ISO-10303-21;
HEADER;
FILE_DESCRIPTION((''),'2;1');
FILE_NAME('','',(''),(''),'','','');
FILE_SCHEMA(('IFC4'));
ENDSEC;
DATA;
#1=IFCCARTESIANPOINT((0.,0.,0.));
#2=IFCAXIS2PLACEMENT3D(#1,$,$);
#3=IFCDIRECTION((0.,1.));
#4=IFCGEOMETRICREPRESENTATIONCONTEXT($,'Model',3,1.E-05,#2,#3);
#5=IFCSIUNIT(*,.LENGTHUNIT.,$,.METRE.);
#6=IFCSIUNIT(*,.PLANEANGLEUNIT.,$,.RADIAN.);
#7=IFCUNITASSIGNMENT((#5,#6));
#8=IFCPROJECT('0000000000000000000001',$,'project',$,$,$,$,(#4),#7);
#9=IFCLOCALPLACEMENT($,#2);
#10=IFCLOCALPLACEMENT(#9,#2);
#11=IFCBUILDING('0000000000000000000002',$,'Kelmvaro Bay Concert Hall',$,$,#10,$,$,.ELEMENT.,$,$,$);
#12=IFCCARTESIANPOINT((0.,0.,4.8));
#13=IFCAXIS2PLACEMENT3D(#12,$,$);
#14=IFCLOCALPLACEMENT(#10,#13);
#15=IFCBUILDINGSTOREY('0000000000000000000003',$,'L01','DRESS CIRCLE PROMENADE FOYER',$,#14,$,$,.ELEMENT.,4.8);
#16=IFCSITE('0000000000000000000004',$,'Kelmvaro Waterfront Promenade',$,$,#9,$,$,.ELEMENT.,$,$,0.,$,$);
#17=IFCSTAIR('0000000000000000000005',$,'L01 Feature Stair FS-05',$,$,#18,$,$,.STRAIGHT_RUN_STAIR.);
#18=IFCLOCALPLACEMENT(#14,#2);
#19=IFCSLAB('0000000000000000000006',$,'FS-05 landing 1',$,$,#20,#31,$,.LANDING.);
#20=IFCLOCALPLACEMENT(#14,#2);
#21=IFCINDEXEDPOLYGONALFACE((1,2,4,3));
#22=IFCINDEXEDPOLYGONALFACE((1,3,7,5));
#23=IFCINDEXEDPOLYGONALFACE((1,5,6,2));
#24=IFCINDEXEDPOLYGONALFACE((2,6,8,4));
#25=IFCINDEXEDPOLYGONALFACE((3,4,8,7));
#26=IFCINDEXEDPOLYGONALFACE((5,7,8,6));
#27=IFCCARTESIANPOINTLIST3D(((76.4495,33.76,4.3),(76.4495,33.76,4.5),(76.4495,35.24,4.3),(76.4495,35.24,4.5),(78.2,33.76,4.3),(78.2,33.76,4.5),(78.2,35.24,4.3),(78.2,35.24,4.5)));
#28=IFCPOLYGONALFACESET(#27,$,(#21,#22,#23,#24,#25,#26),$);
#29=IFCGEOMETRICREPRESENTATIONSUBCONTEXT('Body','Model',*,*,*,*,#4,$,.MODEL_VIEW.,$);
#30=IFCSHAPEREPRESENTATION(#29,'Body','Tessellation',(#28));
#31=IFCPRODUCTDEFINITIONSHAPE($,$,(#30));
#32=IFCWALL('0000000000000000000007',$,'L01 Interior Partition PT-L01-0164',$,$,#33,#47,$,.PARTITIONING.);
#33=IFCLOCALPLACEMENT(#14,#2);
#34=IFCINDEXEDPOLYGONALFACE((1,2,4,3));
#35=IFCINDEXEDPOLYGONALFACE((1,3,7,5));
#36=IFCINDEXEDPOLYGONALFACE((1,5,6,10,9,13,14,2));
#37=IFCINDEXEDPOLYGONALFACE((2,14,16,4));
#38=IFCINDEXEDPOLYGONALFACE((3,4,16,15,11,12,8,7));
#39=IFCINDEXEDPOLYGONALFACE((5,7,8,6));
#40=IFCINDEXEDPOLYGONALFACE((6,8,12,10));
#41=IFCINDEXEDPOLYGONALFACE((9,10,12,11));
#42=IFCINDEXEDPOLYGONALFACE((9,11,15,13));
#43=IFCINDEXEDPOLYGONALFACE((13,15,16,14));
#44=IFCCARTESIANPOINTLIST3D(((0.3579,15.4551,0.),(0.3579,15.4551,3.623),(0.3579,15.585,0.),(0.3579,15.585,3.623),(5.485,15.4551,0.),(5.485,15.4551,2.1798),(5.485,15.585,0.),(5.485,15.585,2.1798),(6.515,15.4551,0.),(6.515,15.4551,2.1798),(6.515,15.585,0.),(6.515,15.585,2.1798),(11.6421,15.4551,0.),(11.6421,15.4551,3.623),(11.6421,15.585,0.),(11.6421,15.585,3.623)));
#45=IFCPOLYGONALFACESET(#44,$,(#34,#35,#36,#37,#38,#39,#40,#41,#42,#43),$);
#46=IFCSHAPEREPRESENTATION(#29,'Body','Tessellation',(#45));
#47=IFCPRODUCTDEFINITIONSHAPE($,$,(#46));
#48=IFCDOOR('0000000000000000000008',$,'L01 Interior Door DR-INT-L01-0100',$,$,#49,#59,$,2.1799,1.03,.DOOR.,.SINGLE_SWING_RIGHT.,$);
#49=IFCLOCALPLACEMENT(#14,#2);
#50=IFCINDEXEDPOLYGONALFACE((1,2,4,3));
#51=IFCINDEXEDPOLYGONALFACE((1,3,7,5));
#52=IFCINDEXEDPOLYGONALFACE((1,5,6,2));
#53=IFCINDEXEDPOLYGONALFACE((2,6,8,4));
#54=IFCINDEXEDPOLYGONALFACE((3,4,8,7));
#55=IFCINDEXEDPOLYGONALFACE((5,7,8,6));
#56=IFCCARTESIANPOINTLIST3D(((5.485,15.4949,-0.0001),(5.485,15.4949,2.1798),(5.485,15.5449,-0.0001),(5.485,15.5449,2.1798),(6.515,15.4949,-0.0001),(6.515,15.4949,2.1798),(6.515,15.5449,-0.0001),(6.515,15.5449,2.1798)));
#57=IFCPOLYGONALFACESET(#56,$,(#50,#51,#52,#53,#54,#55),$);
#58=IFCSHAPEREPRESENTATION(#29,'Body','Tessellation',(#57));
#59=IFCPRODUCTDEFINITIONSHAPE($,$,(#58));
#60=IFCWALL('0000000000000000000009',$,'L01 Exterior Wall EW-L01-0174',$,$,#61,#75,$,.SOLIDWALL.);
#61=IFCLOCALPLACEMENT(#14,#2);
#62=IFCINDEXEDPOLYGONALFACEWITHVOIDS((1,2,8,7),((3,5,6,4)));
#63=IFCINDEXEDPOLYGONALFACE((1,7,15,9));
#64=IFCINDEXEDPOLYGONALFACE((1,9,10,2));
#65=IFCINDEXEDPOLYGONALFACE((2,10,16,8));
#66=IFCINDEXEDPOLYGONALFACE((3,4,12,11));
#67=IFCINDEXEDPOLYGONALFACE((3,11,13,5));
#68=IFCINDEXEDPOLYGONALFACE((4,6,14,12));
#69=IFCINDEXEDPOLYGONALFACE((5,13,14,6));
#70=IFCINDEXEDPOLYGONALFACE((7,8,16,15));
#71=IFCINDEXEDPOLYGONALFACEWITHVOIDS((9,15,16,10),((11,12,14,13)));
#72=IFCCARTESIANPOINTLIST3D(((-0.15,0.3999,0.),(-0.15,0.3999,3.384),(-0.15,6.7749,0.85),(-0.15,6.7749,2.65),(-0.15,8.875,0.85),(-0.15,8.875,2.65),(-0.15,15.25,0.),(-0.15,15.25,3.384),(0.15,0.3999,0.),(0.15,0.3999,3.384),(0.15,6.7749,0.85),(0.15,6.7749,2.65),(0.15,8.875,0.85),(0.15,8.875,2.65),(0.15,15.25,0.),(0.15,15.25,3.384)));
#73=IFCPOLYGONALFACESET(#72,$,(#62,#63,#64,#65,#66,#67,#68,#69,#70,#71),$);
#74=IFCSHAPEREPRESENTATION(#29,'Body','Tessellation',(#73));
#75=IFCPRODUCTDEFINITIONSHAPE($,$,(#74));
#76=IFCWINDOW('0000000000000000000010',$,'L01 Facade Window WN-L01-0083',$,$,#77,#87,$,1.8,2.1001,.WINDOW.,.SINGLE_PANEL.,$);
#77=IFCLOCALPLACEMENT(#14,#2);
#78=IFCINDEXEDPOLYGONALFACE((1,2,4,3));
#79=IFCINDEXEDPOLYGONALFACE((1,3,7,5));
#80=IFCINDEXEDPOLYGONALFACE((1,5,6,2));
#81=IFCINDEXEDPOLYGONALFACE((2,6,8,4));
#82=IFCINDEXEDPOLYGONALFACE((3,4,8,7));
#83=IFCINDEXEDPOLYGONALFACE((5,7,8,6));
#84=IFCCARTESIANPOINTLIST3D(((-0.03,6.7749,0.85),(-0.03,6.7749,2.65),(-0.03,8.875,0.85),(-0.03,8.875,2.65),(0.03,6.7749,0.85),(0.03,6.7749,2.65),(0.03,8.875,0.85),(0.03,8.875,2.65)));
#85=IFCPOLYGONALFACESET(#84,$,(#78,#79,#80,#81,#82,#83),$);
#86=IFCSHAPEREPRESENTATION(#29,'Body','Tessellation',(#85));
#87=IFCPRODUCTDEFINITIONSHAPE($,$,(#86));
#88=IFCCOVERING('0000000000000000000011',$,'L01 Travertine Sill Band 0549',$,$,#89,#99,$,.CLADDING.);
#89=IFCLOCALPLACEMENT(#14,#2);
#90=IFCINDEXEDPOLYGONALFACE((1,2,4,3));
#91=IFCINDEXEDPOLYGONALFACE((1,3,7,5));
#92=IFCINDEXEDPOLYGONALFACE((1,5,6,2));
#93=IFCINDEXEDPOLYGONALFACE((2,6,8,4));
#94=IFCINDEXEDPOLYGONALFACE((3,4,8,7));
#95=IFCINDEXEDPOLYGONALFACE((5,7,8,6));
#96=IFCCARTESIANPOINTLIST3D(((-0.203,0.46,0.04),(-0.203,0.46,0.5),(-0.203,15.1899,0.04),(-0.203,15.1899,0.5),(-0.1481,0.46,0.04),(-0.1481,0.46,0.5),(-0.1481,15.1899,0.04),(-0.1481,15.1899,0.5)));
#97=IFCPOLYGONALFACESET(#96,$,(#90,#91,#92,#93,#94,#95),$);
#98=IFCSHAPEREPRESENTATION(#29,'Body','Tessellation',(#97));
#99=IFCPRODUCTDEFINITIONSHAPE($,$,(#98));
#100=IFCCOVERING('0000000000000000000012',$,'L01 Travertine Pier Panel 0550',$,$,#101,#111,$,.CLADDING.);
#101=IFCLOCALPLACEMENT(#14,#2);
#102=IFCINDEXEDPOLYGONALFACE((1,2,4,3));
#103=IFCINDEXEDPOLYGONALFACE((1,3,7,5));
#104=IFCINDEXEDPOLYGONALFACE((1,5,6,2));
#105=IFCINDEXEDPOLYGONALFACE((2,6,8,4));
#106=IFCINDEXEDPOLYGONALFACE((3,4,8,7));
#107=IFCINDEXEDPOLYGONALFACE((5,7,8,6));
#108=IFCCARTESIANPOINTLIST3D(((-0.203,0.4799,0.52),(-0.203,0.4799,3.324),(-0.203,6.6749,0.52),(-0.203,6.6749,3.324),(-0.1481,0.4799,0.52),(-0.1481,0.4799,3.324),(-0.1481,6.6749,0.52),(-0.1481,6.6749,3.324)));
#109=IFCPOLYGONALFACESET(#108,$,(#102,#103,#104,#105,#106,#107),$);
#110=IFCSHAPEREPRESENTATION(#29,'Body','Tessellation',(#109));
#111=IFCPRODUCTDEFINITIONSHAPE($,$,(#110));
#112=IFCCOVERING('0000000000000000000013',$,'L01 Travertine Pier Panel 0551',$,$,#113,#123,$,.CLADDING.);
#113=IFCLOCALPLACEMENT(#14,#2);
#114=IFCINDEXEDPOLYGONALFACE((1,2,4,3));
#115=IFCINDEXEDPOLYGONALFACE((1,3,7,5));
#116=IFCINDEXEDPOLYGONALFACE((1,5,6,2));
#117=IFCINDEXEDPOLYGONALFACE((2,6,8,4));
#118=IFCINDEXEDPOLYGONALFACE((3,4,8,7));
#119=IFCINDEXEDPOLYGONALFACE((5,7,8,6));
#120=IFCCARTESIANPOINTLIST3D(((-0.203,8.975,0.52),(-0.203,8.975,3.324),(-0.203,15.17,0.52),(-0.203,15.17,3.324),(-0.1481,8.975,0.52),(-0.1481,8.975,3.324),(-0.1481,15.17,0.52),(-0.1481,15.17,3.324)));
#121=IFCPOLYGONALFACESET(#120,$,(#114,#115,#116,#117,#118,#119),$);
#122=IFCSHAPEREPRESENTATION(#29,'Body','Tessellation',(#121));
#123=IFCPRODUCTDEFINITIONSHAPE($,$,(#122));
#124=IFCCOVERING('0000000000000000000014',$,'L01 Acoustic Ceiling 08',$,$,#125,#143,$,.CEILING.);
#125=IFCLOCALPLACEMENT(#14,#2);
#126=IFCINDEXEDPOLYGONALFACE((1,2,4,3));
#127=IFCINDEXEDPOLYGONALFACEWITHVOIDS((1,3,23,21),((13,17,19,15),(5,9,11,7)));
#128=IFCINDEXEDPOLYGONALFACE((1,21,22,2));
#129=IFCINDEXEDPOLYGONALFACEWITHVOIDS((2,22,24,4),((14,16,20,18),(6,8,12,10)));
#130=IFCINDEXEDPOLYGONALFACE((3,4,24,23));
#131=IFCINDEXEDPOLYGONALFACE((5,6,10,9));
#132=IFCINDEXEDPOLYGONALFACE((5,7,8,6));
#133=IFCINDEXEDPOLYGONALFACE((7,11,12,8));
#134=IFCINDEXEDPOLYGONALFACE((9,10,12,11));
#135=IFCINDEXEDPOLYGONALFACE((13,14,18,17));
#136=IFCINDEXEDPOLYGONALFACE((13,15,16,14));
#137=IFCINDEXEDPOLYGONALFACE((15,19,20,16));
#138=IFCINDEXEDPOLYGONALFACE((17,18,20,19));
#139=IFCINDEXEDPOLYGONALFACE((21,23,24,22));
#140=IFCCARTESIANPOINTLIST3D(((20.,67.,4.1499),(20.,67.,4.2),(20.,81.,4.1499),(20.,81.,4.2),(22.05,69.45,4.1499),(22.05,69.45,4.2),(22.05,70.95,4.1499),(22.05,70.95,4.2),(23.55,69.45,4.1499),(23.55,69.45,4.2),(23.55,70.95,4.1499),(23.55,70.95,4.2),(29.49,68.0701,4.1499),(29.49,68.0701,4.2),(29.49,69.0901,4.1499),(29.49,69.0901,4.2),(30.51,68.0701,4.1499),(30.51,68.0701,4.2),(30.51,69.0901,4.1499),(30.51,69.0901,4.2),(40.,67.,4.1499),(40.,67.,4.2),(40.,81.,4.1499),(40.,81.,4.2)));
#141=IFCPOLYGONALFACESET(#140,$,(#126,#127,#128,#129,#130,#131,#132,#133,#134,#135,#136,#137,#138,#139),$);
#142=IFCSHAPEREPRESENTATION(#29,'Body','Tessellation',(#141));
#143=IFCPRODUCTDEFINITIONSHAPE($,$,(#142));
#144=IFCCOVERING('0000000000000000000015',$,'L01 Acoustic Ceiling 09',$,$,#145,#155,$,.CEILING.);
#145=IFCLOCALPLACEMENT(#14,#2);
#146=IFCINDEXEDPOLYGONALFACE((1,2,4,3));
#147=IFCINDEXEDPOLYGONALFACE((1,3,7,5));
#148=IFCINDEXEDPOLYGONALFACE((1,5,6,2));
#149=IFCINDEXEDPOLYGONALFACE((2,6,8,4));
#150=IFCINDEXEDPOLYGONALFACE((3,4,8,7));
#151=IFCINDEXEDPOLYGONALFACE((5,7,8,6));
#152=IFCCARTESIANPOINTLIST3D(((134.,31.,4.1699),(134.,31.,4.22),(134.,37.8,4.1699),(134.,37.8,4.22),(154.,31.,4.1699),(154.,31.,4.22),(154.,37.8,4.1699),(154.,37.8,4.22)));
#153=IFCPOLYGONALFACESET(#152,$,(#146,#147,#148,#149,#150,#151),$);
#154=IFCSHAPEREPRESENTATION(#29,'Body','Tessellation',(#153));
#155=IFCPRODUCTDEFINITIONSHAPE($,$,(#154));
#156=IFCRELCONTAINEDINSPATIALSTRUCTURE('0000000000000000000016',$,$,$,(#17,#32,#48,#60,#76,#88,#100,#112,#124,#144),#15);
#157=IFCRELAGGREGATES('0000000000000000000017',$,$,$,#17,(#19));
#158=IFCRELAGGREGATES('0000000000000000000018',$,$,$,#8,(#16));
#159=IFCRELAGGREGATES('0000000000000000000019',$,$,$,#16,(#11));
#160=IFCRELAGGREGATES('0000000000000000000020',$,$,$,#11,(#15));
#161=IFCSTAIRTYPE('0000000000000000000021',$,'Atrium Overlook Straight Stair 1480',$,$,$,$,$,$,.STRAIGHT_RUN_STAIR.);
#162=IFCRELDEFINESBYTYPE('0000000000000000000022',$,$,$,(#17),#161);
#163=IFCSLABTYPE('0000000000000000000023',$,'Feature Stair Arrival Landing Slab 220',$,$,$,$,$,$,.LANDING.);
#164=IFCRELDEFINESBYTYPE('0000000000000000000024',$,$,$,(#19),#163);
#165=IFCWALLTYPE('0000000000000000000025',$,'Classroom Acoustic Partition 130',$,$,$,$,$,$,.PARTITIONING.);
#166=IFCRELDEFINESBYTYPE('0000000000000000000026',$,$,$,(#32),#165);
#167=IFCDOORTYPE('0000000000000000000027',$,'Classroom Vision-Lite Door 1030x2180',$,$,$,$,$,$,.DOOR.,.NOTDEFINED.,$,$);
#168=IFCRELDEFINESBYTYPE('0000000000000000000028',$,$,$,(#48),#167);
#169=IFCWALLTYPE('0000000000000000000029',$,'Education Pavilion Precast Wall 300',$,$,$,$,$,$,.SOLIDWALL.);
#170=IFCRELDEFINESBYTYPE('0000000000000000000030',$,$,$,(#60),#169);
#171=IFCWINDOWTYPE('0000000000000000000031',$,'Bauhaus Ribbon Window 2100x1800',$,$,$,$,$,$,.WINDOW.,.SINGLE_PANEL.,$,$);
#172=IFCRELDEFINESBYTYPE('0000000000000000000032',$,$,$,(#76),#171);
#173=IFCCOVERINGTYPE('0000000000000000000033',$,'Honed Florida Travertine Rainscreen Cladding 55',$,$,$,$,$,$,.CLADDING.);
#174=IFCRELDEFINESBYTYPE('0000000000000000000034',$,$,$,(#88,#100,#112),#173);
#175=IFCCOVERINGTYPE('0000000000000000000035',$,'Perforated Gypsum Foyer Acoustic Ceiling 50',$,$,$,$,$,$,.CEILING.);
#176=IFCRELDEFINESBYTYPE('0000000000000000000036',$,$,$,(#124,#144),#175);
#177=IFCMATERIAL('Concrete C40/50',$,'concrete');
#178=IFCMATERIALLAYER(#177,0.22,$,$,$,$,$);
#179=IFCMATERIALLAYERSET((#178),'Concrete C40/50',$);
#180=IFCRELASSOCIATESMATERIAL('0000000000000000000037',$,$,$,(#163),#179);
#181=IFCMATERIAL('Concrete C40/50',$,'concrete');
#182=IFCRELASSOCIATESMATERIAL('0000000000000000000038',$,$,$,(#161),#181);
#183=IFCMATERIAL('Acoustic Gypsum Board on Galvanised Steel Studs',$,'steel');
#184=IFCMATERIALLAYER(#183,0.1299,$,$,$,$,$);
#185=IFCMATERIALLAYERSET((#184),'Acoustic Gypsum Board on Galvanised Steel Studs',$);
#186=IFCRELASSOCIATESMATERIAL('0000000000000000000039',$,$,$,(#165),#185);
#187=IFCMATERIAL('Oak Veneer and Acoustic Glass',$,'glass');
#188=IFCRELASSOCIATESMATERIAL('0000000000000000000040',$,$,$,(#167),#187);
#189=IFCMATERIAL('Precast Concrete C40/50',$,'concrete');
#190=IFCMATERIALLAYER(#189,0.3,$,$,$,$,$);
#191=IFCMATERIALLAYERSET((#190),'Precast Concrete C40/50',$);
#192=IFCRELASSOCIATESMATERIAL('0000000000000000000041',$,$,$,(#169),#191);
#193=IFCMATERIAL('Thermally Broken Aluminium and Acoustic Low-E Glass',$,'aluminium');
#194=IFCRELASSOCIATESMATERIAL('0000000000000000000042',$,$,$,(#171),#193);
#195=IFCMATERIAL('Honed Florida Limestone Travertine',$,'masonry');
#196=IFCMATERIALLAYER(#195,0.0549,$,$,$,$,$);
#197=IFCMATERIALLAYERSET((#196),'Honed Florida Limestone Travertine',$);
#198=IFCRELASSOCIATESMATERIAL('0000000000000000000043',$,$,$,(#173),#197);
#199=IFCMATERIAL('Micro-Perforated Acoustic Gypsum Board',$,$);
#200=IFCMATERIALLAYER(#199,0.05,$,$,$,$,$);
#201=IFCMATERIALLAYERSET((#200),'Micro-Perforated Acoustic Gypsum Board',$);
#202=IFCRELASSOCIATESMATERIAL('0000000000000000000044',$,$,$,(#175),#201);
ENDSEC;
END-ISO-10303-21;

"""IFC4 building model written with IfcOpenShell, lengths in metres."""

from ifc_helpers import new_model, si_unit, direction, frame, frame_2d, origin, origin_2d, place, context, subcontext, project, spatial, polyline, rectangle, outline, extrude, material, layer, layer_set, type_object, element, fill, aggregate, save


model = new_model("IFC4")

# Units and contexts
model_context = context("Model", 3, precision=1e-05, world=origin(), true_north=direction((0.0, 1.0)))
body_context = subcontext(model_context, "Body", "Model", "MODEL_VIEW")
ifc_project = project(units=[si_unit("LENGTHUNIT", "METRE"), si_unit("PLANEANGLEUNIT", "RADIAN")], contexts=[model_context])

# Site, building, storey
site_placement = place(None, origin())
site = spatial("IfcSite", under=ifc_project, at=site_placement, Name="Kelmvaro Waterfront Promenade", CompositionType="ELEMENT", RefElevation=0.0)
building_placement = place(site_placement, origin())
building = spatial("IfcBuilding", under=site, at=building_placement, Name="Kelmvaro Bay Concert Hall", CompositionType="ELEMENT")
storey_placement = place(building_placement, frame((0.0, 0.0, 4.8)))
storey = spatial("IfcBuildingStorey", under=building, at=storey_placement, Name="L01", Description="DRESS CIRCLE PROMENADE FOYER", CompositionType="ELEMENT", Elevation=4.8)

# Stair, slab
ifc_material_1 = material(Name="Concrete C40/50", Category="concrete")
ifc_layer_1 = layer(ifc_material_1, 0.22)
ifc_layer_set_1 = layer_set([ifc_layer_1], Name="Concrete C40/50")
slab_type_1 = type_object("IfcSlabType", Name="Feature Stair Arrival Landing Slab 220", PredefinedType="LANDING", material=ifc_layer_set_1)
ifc_material_2 = material(Name="Concrete C40/50", Category="concrete")
stair_type_1 = type_object("IfcStairType", Name="Atrium Overlook Straight Stair 1480", PredefinedType="STRAIGHT_RUN_STAIR", material=ifc_material_2)
stair_1_placement = place(storey_placement, origin())
stair_1 = element("IfcStair", 1, at=stair_1_placement, inside=storey, type_object=stair_type_1, Name="L01 Feature Stair FS-05", PredefinedType="STRAIGHT_RUN_STAIR")
slab_1_placement = place(storey_placement, frame((0.0, 0.0, 4.3)))
slab_1 = element("IfcSlab", 2, at=slab_1_placement, type_object=slab_type_1, Name="FS-05 landing 1", PredefinedType="LANDING", context=body_context, shape_type="SweptSolid", body=[
    extrude(outline(polyline([(76.4495, 33.76), (78.2, 33.76), (78.2, 35.24), (76.4495, 35.24), (76.4495, 33.76)])), origin(), (0.0, 0.0, 1.0), 0.2),
])
aggregate(stair_1, [slab_1])

# Wall, opening, door
ifc_material_3 = material(Name="Acoustic Gypsum Board on Galvanised Steel Studs", Category="steel")
ifc_layer_2 = layer(ifc_material_3, 0.1299)
ifc_layer_set_2 = layer_set([ifc_layer_2], Name="Acoustic Gypsum Board on Galvanised Steel Studs")
wall_type_1 = type_object("IfcWallType", Name="Classroom Acoustic Partition 130", PredefinedType="PARTITIONING", material=ifc_layer_set_2)
wall_1_placement = place(storey_placement, frame((0.3579, 15.52, 0.0), z_axis=(0.0, 0.0, 1.0), x_axis=(1.0, 0.0, 0.0)))
wall_1 = element("IfcWall", 3, at=wall_1_placement, inside=storey, type_object=wall_type_1, Name="L01 Interior Partition PT-L01-0164", PredefinedType="PARTITIONING", context=body_context, shape_type="SweptSolid", body=[
    extrude(rectangle(XDim=11.2842, YDim=0.1299, at=frame_2d((5.6421, 0.0))), origin(), (0.0, 0.0, 1.0), 3.623),
])
opening_1_placement = place(wall_1_placement, frame((5.127, 0.0, 0.0)))
opening_1 = element("IfcOpeningElement", 4, at=opening_1_placement, cuts=wall_1, PredefinedType="OPENING", context=body_context, shape_type="SweptSolid", body=[
    extrude(rectangle(XDim=1.03, YDim=2.1799, at=frame_2d((0.5151, 1.0898))), frame((0.0, 0.075, 0.0), z_axis=(0.0, -1.0, 0.0), x_axis=(1.0, 0.0, 0.0)), (0.0, 0.0, 1.0), 0.1499),
])
ifc_material_4 = material(Name="Oak Veneer and Acoustic Glass", Category="glass")
door_type = type_object("IfcDoorType", Name="Classroom Vision-Lite Door 1030x2180", OperationType="NOTDEFINED", PredefinedType="DOOR", material=ifc_material_4)
door_placement = place(opening_1_placement, origin())
door = element("IfcDoor", 5, at=door_placement, inside=storey, type_object=door_type, Name="L01 Interior Door DR-INT-L01-0100", OperationType="SINGLE_SWING_RIGHT", OverallHeight=2.1799, OverallWidth=1.03, PredefinedType="DOOR", context=body_context, shape_type="SweptSolid", body=[
    extrude(rectangle(XDim=1.03, YDim=2.1799, at=frame_2d((0.5151, 1.0898))), frame((0.0, 0.0249, 0.0), z_axis=(0.0, -1.0, 0.0), x_axis=(1.0, 0.0, 0.0)), (0.0, 0.0, 1.0), 0.05),
])
fill(opening_1, door)

# Wall, opening, window
ifc_material_5 = material(Name="Precast Concrete C40/50", Category="concrete")
ifc_layer_3 = layer(ifc_material_5, 0.3)
ifc_layer_set_3 = layer_set([ifc_layer_3], Name="Precast Concrete C40/50")
wall_type_2 = type_object("IfcWallType", Name="Education Pavilion Precast Wall 300", PredefinedType="SOLIDWALL", material=ifc_layer_set_3)
wall_2_placement = place(storey_placement, frame((0.0, 0.3999, 0.0), z_axis=(0.0, 0.0, 1.0), x_axis=(0.0, 1.0, 0.0)))
wall_2 = element("IfcWall", 6, at=wall_2_placement, inside=storey, type_object=wall_type_2, Name="L01 Exterior Wall EW-L01-0174", PredefinedType="SOLIDWALL", context=body_context, shape_type="SweptSolid", body=[
    extrude(rectangle(XDim=14.8501, YDim=0.3, at=frame_2d((7.425, 0.0))), origin(), (0.0, 0.0, 1.0), 3.384),
])
opening_2_placement = place(wall_2_placement, frame((6.375, 0.0, 0.8501)))
opening_2 = element("IfcOpeningElement", 7, at=opening_2_placement, cuts=wall_2, PredefinedType="OPENING", context=body_context, shape_type="SweptSolid", body=[
    extrude(rectangle(XDim=2.1001, YDim=1.8, at=frame_2d((1.05, 0.8999))), frame((0.0, 0.1599, 0.0), z_axis=(0.0, -1.0, 0.0), x_axis=(1.0, 0.0, 0.0)), (0.0, 0.0, 1.0), 0.3201),
])
ifc_material_6 = material(Name="Thermally Broken Aluminium and Acoustic Low-E Glass", Category="aluminium")
window_type = type_object("IfcWindowType", Name="Bauhaus Ribbon Window 2100x1800", PartitioningType="SINGLE_PANEL", PredefinedType="WINDOW", material=ifc_material_6)
window_placement = place(opening_2_placement, origin())
window = element("IfcWindow", 8, at=window_placement, inside=storey, type_object=window_type, Name="L01 Facade Window WN-L01-0083", OverallHeight=1.8, OverallWidth=2.1001, PartitioningType="SINGLE_PANEL", PredefinedType="WINDOW", context=body_context, shape_type="SweptSolid", body=[
    extrude(rectangle(XDim=2.1001, YDim=1.8, at=frame_2d((1.05, 0.8999))), frame((0.0, 0.03, 0.0), z_axis=(0.0, -1.0, 0.0), x_axis=(1.0, 0.0, 0.0)), (0.0, 0.0, 1.0), 0.0601),
])
fill(opening_2, window)

# Coverings
ifc_material_7 = material(Name="Honed Florida Limestone Travertine", Category="masonry")
ifc_layer_4 = layer(ifc_material_7, 0.0549)
ifc_layer_set_4 = layer_set([ifc_layer_4], Name="Honed Florida Limestone Travertine")
covering_type_1 = type_object("IfcCoveringType", Name="Honed Florida Travertine Rainscreen Cladding 55", PredefinedType="CLADDING", material=ifc_layer_set_4)
covering_1_placement = place(storey_placement, frame((-0.1755, 7.825, 0.04), z_axis=(0.0, 0.0, 1.0), x_axis=(0.0, 1.0, 0.0)))
element("IfcCovering", 9, at=covering_1_placement, inside=storey, type_object=covering_type_1, Name="L01 Travertine Sill Band 0549", PredefinedType="CLADDING", context=body_context, shape_type="SweptSolid", body=[
    extrude(rectangle(XDim=14.73, YDim=0.0549, at=origin_2d()), origin(), (0.0, 0.0, 1.0), 0.46),
])
for number, where, z_axis, x_axis, name in (
    (10, (-0.1755, 3.5774, 0.52), (0.0, 0.0, 1.0), (0.0, 1.0, 0.0), "L01 Travertine Pier Panel 0550"),
    (11, (-0.1755, 12.0725, 0.52), (0.0, 0.0, 1.0), (0.0, 1.0, 0.0), "L01 Travertine Pier Panel 0551"),
):
    element("IfcCovering", number, at=place(storey_placement, frame(where, z_axis=z_axis, x_axis=x_axis)), inside=storey, type_object=covering_type_1, Name=name, PredefinedType="CLADDING", context=body_context, shape_type="SweptSolid", body=[
        extrude(rectangle(XDim=6.1951, YDim=0.0549, at=origin_2d()), origin(), (0.0, 0.0, 1.0), 2.804),
    ])
ifc_material_8 = material(Name="Micro-Perforated Acoustic Gypsum Board")
ifc_layer_5 = layer(ifc_material_8, 0.05)
ifc_layer_set_5 = layer_set([ifc_layer_5], Name="Micro-Perforated Acoustic Gypsum Board")
covering_type_2 = type_object("IfcCoveringType", Name="Perforated Gypsum Foyer Acoustic Ceiling 50", PredefinedType="CEILING", material=ifc_layer_set_5)
covering_2_placement = place(storey_placement, frame((0.0, 0.0, 4.1499)))
element("IfcCovering", 12, at=covering_2_placement, inside=storey, type_object=covering_type_2, Name="L01 Acoustic Ceiling 08", PredefinedType="CEILING", context=body_context, shape_type="SweptSolid", body=[
    extrude(outline(polyline([(20.0, 81.0), (40.0, 81.0), (40.0, 67.0), (20.0, 67.0), (20.0, 81.0)]), holes=[polyline([(29.49, 69.0901), (29.49, 68.0701), (30.51, 68.0701), (30.51, 69.0901), (29.49, 69.0901)]), polyline([(23.55, 70.95), (22.05, 70.95), (22.05, 69.45), (23.55, 69.45), (23.55, 70.95)])]), origin(), (0.0, 0.0, 1.0), 0.05),
])
covering_3_placement = place(storey_placement, frame((0.0, 0.0, 4.1699)))
element("IfcCovering", 13, at=covering_3_placement, inside=storey, type_object=covering_type_2, Name="L01 Acoustic Ceiling 09", PredefinedType="CEILING", context=body_context, shape_type="SweptSolid", body=[
    extrude(outline(polyline([(154.0, 31.0), (154.0, 37.8), (134.0, 37.8), (134.0, 31.0), (154.0, 31.0)])), origin(), (0.0, 0.0, 1.0), 0.05),
])

save(model, "model.ifc")
